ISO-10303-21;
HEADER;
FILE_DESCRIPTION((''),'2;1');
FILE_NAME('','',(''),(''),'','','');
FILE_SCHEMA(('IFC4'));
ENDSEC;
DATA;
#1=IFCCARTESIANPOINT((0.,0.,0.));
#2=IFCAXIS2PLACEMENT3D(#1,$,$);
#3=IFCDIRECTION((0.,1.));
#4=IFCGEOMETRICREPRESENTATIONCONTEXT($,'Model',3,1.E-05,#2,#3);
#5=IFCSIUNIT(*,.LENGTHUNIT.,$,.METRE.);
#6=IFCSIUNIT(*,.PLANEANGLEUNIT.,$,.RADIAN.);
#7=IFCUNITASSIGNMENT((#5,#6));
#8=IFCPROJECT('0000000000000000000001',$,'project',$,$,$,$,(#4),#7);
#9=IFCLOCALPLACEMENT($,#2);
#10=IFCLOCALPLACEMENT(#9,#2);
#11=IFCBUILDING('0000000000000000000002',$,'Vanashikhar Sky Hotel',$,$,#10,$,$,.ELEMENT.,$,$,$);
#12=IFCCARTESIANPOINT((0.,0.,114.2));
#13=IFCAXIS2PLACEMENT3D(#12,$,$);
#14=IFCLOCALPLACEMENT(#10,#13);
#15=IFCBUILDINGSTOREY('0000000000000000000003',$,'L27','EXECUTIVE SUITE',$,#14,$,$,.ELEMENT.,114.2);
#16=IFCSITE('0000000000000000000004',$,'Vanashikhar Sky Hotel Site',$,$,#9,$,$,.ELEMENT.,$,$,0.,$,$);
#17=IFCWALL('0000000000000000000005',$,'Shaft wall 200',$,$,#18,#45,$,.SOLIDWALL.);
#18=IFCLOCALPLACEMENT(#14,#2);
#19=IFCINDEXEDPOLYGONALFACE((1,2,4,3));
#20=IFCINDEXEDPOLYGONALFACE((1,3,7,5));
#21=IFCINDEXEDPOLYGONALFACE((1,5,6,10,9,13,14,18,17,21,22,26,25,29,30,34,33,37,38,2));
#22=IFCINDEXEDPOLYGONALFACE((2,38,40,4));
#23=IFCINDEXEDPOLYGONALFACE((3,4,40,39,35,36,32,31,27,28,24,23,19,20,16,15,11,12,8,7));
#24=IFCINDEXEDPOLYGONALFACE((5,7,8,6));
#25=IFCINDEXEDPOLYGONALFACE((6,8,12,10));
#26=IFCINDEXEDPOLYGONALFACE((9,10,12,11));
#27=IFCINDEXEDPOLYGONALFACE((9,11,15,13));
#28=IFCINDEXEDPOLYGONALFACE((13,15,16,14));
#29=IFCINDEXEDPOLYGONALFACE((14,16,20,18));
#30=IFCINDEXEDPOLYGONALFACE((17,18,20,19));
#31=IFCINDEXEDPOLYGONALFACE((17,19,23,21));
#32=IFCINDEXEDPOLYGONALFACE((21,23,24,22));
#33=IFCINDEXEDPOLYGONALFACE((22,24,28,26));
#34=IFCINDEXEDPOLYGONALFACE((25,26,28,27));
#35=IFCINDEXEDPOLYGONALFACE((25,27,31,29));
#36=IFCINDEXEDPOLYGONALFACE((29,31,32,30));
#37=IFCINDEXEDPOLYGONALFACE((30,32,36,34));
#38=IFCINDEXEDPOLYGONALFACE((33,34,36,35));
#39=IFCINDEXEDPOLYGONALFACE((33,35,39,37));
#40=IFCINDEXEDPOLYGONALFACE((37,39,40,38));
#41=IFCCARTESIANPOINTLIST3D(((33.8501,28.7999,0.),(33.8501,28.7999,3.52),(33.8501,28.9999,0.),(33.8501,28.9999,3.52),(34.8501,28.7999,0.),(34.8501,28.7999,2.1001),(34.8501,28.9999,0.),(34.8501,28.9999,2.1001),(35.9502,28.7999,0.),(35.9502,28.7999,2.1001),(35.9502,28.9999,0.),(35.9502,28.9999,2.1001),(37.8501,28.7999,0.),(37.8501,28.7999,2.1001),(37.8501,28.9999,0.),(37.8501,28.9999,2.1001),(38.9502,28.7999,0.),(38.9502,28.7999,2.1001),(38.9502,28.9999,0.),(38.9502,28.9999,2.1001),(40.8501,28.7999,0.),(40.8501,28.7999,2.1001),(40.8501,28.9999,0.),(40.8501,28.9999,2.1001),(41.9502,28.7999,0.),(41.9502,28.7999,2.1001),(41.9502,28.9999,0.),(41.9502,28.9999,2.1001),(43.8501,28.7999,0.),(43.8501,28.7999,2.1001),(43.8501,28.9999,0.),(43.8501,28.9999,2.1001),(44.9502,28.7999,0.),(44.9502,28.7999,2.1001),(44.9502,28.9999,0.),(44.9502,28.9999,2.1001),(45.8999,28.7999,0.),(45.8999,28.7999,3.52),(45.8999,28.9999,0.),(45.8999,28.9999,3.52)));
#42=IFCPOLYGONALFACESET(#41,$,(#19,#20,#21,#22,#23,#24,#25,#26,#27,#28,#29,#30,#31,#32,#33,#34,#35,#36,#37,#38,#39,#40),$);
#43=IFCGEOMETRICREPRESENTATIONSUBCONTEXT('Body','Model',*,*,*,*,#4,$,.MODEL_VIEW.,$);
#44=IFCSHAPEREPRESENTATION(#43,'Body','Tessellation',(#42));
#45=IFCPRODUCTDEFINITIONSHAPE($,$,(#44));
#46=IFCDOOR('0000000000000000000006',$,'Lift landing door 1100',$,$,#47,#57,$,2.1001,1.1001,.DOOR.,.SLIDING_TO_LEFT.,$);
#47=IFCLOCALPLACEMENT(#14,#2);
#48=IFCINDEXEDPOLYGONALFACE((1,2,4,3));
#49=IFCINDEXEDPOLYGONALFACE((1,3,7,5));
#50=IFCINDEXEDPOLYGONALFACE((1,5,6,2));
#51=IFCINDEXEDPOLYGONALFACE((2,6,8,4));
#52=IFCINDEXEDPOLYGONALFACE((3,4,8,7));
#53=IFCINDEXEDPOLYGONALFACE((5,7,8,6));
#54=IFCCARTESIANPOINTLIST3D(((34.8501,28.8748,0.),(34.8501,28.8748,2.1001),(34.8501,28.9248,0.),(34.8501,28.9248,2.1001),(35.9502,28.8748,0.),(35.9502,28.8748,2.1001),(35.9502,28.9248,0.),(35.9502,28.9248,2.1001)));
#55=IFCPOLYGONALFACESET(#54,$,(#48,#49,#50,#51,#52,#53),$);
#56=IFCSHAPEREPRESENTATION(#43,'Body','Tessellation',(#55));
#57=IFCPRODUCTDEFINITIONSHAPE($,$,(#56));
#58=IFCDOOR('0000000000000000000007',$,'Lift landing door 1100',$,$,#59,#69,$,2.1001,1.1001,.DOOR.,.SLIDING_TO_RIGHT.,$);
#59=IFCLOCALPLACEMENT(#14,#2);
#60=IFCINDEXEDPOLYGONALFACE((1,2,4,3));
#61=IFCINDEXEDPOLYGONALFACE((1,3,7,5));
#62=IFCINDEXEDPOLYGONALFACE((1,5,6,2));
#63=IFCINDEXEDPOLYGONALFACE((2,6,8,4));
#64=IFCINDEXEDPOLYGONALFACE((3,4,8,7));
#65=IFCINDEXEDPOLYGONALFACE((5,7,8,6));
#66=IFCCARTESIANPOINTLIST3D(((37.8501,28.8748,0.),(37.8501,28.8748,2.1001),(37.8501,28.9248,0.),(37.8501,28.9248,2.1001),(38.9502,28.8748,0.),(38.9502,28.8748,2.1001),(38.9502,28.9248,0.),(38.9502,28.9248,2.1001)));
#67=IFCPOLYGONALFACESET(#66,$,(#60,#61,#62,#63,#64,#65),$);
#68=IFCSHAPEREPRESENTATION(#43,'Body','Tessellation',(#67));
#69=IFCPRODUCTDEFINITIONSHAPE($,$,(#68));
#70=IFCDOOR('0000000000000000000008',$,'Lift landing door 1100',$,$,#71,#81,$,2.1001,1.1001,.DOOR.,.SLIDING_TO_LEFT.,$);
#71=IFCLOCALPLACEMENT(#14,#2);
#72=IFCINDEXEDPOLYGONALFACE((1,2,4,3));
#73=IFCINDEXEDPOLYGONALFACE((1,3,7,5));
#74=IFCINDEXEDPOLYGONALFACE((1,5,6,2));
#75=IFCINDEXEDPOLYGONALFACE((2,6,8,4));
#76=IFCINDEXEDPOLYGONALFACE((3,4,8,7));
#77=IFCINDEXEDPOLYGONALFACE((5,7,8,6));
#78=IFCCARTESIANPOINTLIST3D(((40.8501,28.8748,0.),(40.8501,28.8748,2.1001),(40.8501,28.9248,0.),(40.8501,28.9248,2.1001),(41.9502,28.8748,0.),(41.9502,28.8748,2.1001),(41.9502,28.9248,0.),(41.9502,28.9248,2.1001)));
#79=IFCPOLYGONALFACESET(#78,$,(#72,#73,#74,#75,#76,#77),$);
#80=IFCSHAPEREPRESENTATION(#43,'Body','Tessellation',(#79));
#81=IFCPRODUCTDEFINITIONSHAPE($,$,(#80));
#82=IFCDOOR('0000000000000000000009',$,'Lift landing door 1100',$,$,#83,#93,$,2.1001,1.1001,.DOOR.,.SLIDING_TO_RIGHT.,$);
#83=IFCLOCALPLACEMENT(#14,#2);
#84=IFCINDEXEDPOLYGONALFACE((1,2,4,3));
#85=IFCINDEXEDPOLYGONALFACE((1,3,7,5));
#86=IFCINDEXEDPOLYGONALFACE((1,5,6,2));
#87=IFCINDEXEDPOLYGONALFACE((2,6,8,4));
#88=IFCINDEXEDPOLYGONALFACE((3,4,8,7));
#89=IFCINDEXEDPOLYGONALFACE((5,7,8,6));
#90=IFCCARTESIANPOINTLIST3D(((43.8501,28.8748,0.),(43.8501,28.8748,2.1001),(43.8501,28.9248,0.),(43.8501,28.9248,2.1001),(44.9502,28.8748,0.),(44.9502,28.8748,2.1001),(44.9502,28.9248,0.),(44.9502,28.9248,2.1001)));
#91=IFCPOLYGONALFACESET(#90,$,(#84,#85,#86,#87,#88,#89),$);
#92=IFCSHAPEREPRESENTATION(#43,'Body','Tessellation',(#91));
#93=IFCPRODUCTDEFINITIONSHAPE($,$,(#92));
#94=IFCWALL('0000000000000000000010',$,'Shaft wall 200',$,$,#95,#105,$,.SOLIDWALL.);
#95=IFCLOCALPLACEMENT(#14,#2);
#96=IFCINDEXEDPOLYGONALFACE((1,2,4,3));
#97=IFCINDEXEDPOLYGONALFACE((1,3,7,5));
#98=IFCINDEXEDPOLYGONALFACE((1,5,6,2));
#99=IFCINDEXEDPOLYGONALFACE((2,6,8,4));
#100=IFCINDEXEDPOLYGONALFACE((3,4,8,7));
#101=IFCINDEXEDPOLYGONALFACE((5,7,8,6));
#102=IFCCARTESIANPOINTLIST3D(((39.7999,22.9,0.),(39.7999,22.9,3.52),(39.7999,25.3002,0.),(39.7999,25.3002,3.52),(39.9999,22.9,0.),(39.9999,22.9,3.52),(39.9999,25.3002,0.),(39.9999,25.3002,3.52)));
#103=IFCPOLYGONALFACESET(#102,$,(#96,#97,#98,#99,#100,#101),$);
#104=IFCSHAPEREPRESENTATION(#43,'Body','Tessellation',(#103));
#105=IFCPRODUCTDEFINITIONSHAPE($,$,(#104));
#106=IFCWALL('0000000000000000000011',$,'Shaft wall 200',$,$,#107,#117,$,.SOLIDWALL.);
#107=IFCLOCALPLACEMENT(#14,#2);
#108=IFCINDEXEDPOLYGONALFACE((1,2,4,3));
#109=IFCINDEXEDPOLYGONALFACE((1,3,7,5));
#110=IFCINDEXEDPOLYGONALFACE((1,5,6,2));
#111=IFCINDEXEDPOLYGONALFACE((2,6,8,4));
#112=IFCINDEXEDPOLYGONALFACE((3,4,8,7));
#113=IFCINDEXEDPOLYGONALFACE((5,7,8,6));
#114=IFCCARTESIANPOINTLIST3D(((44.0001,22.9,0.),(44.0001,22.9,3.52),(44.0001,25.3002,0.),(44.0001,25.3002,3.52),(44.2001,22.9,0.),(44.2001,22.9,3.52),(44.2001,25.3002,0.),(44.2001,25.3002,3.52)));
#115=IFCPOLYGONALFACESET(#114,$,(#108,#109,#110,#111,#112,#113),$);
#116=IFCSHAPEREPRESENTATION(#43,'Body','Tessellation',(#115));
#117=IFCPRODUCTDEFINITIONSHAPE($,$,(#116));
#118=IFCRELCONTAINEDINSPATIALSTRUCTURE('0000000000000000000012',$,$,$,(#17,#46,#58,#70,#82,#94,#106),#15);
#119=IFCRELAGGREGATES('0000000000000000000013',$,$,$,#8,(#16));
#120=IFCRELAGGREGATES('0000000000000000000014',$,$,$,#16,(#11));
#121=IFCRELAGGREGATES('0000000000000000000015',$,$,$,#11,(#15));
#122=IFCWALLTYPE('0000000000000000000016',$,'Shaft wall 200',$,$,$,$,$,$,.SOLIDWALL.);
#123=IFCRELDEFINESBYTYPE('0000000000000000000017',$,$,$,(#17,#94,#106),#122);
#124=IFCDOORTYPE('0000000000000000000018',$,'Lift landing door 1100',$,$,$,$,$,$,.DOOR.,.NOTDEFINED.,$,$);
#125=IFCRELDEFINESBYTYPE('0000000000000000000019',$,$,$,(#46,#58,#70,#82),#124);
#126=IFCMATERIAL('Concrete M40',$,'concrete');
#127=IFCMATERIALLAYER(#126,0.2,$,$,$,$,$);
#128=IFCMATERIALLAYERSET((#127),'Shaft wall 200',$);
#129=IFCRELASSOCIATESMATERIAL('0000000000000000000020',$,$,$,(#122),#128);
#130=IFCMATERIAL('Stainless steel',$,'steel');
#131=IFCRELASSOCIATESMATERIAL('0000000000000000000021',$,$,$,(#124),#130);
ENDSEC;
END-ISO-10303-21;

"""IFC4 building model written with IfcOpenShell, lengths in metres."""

from ifc_helpers import new_model, si_unit, direction, frame, frame_2d, origin, place, context, subcontext, project, spatial, rectangle, extrude, source, transform, mapped, material, layer, layer_set, type_object, element, fill, save


model = new_model("IFC4")

# Units and contexts
model_context = context("Model", 3, precision=1e-05, world=origin(), true_north=direction((0.0, 1.0)))
body_context = subcontext(model_context, "Body", "Model", "MODEL_VIEW")
ifc_project = project(units=[si_unit("LENGTHUNIT", "METRE"), si_unit("PLANEANGLEUNIT", "RADIAN")], contexts=[model_context])

# Site, building, storey
site_placement = place(None, origin())
site = spatial("IfcSite", under=ifc_project, at=site_placement, Name="Vanashikhar Sky Hotel Site", CompositionType="ELEMENT", RefElevation=0.0)
building_placement = place(site_placement, origin())
building = spatial("IfcBuilding", under=site, at=building_placement, Name="Vanashikhar Sky Hotel", CompositionType="ELEMENT")
storey_placement = place(building_placement, frame((0.0, 0.0, 114.2)))
storey = spatial("IfcBuildingStorey", under=building, at=storey_placement, Name="L27", Description="EXECUTIVE SUITE", CompositionType="ELEMENT", Elevation=114.2)

# Shared definitions
shared_shape_1 = source(origin(), body_context, "Body", "SweptSolid", [
    extrude(rectangle(XDim=1.1001, YDim=2.1001, at=frame_2d((0.55, 1.05))), frame((0.0, 0.0249, 0.0), z_axis=(0.0, -1.0, 0.0), x_axis=(1.0, 0.0, 0.0)), (0.0, 0.0, 1.0), 0.05),
])

# Wall, openings, doors
ifc_material_1 = material(Name="Concrete M40", Category="concrete")
ifc_layer_1 = layer(ifc_material_1, 0.2)
ifc_layer_set_1 = layer_set([ifc_layer_1], Name="Shaft wall 200")
wall_type_1 = type_object("IfcWallType", Name="Shaft wall 200", PredefinedType="SOLIDWALL", material=ifc_layer_set_1)
shared_shape_2 = source(origin(), body_context, "Body", "SweptSolid", [
    extrude(rectangle(XDim=1.1001, YDim=2.1001, at=frame_2d((0.55, 1.05))), frame((0.0, 0.1099, 0.0), z_axis=(0.0, -1.0, 0.0), x_axis=(1.0, 0.0, 0.0)), (0.0, 0.0, 1.0), 0.22),
])
ifc_material_2 = material(Name="Stainless steel", Category="steel")
door_type_1 = type_object("IfcDoorType", Name="Lift landing door 1100", OperationType="NOTDEFINED", PredefinedType="DOOR", material=ifc_material_2)
shared_shape_3 = source(origin(), body_context, "Body", "SweptSolid", [
    extrude(rectangle(XDim=12.0498, YDim=0.2, at=frame_2d((6.0249, 0.0))), origin(), (0.0, 0.0, 1.0), 3.52),
])
wall_1_placement = place(storey_placement, frame((33.8501, 28.8999, 0.0), z_axis=(0.0, 0.0, 1.0), x_axis=(1.0, 0.0, 0.0)))
wall_1 = element("IfcWall", 1, at=wall_1_placement, inside=storey, type_object=wall_type_1, Name="Shaft wall 200", PredefinedType="SOLIDWALL", context=body_context, shape_type="MappedRepresentation", body=[
    mapped(shared_shape_3, transform((0.0, 0.0, 0.0), scale=1.0)),
])
opening_1_placement = place(wall_1_placement, frame((1.0, 0.0, 0.0)))
opening_1 = element("IfcOpeningElement", 2, at=opening_1_placement, cuts=wall_1, PredefinedType="OPENING", context=body_context, shape_type="MappedRepresentation", body=[
    mapped(shared_shape_2, transform((0.0, 0.0, 0.0), scale=1.0)),
])
opening_2_placement = place(wall_1_placement, frame((4.0, 0.0, 0.0)))
opening_2 = element("IfcOpeningElement", 3, at=opening_2_placement, cuts=wall_1, PredefinedType="OPENING", context=body_context, shape_type="MappedRepresentation", body=[
    mapped(shared_shape_2, transform((0.0, 0.0, 0.0), scale=1.0)),
])
opening_3_placement = place(wall_1_placement, frame((7.0, 0.0, 0.0)))
opening_3 = element("IfcOpeningElement", 4, at=opening_3_placement, cuts=wall_1, PredefinedType="OPENING", context=body_context, shape_type="MappedRepresentation", body=[
    mapped(shared_shape_2, transform((0.0, 0.0, 0.0), scale=1.0)),
])
opening_4_placement = place(wall_1_placement, frame((10.0, 0.0, 0.0)))
opening_4 = element("IfcOpeningElement", 5, at=opening_4_placement, cuts=wall_1, PredefinedType="OPENING", context=body_context, shape_type="MappedRepresentation", body=[
    mapped(shared_shape_2, transform((0.0, 0.0, 0.0), scale=1.0)),
])
door_1_placement = place(opening_1_placement, origin())
door_1 = element("IfcDoor", 6, at=door_1_placement, inside=storey, type_object=door_type_1, Name="Lift landing door 1100", OperationType="SLIDING_TO_LEFT", OverallHeight=2.1001, OverallWidth=1.1001, PredefinedType="DOOR", context=body_context, shape_type="MappedRepresentation", body=[
    mapped(shared_shape_1, transform((0.0, 0.0, 0.0), scale=1.0)),
])
fill(opening_1, door_1)
door_2_placement = place(opening_2_placement, origin())
door_2 = element("IfcDoor", 7, at=door_2_placement, inside=storey, type_object=door_type_1, Name="Lift landing door 1100", OperationType="SLIDING_TO_RIGHT", OverallHeight=2.1001, OverallWidth=1.1001, PredefinedType="DOOR", context=body_context, shape_type="MappedRepresentation", body=[
    mapped(shared_shape_1, transform((0.0, 0.0, 0.0), scale=1.0)),
])
fill(opening_2, door_2)
door_3_placement = place(opening_3_placement, origin())
door_3 = element("IfcDoor", 8, at=door_3_placement, inside=storey, type_object=door_type_1, Name="Lift landing door 1100", OperationType="SLIDING_TO_LEFT", OverallHeight=2.1001, OverallWidth=1.1001, PredefinedType="DOOR", context=body_context, shape_type="MappedRepresentation", body=[
    mapped(shared_shape_1, transform((0.0, 0.0, 0.0), scale=1.0)),
])
fill(opening_3, door_3)
door_4_placement = place(opening_4_placement, origin())
door_4 = element("IfcDoor", 9, at=door_4_placement, inside=storey, type_object=door_type_1, Name="Lift landing door 1100", OperationType="SLIDING_TO_RIGHT", OverallHeight=2.1001, OverallWidth=1.1001, PredefinedType="DOOR", context=body_context, shape_type="MappedRepresentation", body=[
    mapped(shared_shape_1, transform((0.0, 0.0, 0.0), scale=1.0)),
])
fill(opening_4, door_4)

# Walls
shared_shape_4 = source(origin(), body_context, "Body", "SweptSolid", [
    extrude(rectangle(XDim=2.4001, YDim=0.2, at=frame_2d((1.2002, 0.0))), origin(), (0.0, 0.0, 1.0), 3.52),
])
for number, where, z_axis, x_axis, name in (
    (10, (39.8999, 22.8999, 0.0), (0.0, 0.0, 1.0), (0.0, 1.0, 0.0), "Shaft wall 200"),
    (11, (44.1001, 22.8999, 0.0), (0.0, 0.0, 1.0), (0.0, 1.0, 0.0), "Shaft wall 200"),
):
    element("IfcWall", number, at=place(storey_placement, frame(where, z_axis=z_axis, x_axis=x_axis)), inside=storey, type_object=wall_type_1, Name=name, PredefinedType="SOLIDWALL", context=body_context, shape_type="MappedRepresentation", body=[
        mapped(shared_shape_4, transform((0.0, 0.0, 0.0), scale=1.0)),
    ])

save(model, "model.ifc")
